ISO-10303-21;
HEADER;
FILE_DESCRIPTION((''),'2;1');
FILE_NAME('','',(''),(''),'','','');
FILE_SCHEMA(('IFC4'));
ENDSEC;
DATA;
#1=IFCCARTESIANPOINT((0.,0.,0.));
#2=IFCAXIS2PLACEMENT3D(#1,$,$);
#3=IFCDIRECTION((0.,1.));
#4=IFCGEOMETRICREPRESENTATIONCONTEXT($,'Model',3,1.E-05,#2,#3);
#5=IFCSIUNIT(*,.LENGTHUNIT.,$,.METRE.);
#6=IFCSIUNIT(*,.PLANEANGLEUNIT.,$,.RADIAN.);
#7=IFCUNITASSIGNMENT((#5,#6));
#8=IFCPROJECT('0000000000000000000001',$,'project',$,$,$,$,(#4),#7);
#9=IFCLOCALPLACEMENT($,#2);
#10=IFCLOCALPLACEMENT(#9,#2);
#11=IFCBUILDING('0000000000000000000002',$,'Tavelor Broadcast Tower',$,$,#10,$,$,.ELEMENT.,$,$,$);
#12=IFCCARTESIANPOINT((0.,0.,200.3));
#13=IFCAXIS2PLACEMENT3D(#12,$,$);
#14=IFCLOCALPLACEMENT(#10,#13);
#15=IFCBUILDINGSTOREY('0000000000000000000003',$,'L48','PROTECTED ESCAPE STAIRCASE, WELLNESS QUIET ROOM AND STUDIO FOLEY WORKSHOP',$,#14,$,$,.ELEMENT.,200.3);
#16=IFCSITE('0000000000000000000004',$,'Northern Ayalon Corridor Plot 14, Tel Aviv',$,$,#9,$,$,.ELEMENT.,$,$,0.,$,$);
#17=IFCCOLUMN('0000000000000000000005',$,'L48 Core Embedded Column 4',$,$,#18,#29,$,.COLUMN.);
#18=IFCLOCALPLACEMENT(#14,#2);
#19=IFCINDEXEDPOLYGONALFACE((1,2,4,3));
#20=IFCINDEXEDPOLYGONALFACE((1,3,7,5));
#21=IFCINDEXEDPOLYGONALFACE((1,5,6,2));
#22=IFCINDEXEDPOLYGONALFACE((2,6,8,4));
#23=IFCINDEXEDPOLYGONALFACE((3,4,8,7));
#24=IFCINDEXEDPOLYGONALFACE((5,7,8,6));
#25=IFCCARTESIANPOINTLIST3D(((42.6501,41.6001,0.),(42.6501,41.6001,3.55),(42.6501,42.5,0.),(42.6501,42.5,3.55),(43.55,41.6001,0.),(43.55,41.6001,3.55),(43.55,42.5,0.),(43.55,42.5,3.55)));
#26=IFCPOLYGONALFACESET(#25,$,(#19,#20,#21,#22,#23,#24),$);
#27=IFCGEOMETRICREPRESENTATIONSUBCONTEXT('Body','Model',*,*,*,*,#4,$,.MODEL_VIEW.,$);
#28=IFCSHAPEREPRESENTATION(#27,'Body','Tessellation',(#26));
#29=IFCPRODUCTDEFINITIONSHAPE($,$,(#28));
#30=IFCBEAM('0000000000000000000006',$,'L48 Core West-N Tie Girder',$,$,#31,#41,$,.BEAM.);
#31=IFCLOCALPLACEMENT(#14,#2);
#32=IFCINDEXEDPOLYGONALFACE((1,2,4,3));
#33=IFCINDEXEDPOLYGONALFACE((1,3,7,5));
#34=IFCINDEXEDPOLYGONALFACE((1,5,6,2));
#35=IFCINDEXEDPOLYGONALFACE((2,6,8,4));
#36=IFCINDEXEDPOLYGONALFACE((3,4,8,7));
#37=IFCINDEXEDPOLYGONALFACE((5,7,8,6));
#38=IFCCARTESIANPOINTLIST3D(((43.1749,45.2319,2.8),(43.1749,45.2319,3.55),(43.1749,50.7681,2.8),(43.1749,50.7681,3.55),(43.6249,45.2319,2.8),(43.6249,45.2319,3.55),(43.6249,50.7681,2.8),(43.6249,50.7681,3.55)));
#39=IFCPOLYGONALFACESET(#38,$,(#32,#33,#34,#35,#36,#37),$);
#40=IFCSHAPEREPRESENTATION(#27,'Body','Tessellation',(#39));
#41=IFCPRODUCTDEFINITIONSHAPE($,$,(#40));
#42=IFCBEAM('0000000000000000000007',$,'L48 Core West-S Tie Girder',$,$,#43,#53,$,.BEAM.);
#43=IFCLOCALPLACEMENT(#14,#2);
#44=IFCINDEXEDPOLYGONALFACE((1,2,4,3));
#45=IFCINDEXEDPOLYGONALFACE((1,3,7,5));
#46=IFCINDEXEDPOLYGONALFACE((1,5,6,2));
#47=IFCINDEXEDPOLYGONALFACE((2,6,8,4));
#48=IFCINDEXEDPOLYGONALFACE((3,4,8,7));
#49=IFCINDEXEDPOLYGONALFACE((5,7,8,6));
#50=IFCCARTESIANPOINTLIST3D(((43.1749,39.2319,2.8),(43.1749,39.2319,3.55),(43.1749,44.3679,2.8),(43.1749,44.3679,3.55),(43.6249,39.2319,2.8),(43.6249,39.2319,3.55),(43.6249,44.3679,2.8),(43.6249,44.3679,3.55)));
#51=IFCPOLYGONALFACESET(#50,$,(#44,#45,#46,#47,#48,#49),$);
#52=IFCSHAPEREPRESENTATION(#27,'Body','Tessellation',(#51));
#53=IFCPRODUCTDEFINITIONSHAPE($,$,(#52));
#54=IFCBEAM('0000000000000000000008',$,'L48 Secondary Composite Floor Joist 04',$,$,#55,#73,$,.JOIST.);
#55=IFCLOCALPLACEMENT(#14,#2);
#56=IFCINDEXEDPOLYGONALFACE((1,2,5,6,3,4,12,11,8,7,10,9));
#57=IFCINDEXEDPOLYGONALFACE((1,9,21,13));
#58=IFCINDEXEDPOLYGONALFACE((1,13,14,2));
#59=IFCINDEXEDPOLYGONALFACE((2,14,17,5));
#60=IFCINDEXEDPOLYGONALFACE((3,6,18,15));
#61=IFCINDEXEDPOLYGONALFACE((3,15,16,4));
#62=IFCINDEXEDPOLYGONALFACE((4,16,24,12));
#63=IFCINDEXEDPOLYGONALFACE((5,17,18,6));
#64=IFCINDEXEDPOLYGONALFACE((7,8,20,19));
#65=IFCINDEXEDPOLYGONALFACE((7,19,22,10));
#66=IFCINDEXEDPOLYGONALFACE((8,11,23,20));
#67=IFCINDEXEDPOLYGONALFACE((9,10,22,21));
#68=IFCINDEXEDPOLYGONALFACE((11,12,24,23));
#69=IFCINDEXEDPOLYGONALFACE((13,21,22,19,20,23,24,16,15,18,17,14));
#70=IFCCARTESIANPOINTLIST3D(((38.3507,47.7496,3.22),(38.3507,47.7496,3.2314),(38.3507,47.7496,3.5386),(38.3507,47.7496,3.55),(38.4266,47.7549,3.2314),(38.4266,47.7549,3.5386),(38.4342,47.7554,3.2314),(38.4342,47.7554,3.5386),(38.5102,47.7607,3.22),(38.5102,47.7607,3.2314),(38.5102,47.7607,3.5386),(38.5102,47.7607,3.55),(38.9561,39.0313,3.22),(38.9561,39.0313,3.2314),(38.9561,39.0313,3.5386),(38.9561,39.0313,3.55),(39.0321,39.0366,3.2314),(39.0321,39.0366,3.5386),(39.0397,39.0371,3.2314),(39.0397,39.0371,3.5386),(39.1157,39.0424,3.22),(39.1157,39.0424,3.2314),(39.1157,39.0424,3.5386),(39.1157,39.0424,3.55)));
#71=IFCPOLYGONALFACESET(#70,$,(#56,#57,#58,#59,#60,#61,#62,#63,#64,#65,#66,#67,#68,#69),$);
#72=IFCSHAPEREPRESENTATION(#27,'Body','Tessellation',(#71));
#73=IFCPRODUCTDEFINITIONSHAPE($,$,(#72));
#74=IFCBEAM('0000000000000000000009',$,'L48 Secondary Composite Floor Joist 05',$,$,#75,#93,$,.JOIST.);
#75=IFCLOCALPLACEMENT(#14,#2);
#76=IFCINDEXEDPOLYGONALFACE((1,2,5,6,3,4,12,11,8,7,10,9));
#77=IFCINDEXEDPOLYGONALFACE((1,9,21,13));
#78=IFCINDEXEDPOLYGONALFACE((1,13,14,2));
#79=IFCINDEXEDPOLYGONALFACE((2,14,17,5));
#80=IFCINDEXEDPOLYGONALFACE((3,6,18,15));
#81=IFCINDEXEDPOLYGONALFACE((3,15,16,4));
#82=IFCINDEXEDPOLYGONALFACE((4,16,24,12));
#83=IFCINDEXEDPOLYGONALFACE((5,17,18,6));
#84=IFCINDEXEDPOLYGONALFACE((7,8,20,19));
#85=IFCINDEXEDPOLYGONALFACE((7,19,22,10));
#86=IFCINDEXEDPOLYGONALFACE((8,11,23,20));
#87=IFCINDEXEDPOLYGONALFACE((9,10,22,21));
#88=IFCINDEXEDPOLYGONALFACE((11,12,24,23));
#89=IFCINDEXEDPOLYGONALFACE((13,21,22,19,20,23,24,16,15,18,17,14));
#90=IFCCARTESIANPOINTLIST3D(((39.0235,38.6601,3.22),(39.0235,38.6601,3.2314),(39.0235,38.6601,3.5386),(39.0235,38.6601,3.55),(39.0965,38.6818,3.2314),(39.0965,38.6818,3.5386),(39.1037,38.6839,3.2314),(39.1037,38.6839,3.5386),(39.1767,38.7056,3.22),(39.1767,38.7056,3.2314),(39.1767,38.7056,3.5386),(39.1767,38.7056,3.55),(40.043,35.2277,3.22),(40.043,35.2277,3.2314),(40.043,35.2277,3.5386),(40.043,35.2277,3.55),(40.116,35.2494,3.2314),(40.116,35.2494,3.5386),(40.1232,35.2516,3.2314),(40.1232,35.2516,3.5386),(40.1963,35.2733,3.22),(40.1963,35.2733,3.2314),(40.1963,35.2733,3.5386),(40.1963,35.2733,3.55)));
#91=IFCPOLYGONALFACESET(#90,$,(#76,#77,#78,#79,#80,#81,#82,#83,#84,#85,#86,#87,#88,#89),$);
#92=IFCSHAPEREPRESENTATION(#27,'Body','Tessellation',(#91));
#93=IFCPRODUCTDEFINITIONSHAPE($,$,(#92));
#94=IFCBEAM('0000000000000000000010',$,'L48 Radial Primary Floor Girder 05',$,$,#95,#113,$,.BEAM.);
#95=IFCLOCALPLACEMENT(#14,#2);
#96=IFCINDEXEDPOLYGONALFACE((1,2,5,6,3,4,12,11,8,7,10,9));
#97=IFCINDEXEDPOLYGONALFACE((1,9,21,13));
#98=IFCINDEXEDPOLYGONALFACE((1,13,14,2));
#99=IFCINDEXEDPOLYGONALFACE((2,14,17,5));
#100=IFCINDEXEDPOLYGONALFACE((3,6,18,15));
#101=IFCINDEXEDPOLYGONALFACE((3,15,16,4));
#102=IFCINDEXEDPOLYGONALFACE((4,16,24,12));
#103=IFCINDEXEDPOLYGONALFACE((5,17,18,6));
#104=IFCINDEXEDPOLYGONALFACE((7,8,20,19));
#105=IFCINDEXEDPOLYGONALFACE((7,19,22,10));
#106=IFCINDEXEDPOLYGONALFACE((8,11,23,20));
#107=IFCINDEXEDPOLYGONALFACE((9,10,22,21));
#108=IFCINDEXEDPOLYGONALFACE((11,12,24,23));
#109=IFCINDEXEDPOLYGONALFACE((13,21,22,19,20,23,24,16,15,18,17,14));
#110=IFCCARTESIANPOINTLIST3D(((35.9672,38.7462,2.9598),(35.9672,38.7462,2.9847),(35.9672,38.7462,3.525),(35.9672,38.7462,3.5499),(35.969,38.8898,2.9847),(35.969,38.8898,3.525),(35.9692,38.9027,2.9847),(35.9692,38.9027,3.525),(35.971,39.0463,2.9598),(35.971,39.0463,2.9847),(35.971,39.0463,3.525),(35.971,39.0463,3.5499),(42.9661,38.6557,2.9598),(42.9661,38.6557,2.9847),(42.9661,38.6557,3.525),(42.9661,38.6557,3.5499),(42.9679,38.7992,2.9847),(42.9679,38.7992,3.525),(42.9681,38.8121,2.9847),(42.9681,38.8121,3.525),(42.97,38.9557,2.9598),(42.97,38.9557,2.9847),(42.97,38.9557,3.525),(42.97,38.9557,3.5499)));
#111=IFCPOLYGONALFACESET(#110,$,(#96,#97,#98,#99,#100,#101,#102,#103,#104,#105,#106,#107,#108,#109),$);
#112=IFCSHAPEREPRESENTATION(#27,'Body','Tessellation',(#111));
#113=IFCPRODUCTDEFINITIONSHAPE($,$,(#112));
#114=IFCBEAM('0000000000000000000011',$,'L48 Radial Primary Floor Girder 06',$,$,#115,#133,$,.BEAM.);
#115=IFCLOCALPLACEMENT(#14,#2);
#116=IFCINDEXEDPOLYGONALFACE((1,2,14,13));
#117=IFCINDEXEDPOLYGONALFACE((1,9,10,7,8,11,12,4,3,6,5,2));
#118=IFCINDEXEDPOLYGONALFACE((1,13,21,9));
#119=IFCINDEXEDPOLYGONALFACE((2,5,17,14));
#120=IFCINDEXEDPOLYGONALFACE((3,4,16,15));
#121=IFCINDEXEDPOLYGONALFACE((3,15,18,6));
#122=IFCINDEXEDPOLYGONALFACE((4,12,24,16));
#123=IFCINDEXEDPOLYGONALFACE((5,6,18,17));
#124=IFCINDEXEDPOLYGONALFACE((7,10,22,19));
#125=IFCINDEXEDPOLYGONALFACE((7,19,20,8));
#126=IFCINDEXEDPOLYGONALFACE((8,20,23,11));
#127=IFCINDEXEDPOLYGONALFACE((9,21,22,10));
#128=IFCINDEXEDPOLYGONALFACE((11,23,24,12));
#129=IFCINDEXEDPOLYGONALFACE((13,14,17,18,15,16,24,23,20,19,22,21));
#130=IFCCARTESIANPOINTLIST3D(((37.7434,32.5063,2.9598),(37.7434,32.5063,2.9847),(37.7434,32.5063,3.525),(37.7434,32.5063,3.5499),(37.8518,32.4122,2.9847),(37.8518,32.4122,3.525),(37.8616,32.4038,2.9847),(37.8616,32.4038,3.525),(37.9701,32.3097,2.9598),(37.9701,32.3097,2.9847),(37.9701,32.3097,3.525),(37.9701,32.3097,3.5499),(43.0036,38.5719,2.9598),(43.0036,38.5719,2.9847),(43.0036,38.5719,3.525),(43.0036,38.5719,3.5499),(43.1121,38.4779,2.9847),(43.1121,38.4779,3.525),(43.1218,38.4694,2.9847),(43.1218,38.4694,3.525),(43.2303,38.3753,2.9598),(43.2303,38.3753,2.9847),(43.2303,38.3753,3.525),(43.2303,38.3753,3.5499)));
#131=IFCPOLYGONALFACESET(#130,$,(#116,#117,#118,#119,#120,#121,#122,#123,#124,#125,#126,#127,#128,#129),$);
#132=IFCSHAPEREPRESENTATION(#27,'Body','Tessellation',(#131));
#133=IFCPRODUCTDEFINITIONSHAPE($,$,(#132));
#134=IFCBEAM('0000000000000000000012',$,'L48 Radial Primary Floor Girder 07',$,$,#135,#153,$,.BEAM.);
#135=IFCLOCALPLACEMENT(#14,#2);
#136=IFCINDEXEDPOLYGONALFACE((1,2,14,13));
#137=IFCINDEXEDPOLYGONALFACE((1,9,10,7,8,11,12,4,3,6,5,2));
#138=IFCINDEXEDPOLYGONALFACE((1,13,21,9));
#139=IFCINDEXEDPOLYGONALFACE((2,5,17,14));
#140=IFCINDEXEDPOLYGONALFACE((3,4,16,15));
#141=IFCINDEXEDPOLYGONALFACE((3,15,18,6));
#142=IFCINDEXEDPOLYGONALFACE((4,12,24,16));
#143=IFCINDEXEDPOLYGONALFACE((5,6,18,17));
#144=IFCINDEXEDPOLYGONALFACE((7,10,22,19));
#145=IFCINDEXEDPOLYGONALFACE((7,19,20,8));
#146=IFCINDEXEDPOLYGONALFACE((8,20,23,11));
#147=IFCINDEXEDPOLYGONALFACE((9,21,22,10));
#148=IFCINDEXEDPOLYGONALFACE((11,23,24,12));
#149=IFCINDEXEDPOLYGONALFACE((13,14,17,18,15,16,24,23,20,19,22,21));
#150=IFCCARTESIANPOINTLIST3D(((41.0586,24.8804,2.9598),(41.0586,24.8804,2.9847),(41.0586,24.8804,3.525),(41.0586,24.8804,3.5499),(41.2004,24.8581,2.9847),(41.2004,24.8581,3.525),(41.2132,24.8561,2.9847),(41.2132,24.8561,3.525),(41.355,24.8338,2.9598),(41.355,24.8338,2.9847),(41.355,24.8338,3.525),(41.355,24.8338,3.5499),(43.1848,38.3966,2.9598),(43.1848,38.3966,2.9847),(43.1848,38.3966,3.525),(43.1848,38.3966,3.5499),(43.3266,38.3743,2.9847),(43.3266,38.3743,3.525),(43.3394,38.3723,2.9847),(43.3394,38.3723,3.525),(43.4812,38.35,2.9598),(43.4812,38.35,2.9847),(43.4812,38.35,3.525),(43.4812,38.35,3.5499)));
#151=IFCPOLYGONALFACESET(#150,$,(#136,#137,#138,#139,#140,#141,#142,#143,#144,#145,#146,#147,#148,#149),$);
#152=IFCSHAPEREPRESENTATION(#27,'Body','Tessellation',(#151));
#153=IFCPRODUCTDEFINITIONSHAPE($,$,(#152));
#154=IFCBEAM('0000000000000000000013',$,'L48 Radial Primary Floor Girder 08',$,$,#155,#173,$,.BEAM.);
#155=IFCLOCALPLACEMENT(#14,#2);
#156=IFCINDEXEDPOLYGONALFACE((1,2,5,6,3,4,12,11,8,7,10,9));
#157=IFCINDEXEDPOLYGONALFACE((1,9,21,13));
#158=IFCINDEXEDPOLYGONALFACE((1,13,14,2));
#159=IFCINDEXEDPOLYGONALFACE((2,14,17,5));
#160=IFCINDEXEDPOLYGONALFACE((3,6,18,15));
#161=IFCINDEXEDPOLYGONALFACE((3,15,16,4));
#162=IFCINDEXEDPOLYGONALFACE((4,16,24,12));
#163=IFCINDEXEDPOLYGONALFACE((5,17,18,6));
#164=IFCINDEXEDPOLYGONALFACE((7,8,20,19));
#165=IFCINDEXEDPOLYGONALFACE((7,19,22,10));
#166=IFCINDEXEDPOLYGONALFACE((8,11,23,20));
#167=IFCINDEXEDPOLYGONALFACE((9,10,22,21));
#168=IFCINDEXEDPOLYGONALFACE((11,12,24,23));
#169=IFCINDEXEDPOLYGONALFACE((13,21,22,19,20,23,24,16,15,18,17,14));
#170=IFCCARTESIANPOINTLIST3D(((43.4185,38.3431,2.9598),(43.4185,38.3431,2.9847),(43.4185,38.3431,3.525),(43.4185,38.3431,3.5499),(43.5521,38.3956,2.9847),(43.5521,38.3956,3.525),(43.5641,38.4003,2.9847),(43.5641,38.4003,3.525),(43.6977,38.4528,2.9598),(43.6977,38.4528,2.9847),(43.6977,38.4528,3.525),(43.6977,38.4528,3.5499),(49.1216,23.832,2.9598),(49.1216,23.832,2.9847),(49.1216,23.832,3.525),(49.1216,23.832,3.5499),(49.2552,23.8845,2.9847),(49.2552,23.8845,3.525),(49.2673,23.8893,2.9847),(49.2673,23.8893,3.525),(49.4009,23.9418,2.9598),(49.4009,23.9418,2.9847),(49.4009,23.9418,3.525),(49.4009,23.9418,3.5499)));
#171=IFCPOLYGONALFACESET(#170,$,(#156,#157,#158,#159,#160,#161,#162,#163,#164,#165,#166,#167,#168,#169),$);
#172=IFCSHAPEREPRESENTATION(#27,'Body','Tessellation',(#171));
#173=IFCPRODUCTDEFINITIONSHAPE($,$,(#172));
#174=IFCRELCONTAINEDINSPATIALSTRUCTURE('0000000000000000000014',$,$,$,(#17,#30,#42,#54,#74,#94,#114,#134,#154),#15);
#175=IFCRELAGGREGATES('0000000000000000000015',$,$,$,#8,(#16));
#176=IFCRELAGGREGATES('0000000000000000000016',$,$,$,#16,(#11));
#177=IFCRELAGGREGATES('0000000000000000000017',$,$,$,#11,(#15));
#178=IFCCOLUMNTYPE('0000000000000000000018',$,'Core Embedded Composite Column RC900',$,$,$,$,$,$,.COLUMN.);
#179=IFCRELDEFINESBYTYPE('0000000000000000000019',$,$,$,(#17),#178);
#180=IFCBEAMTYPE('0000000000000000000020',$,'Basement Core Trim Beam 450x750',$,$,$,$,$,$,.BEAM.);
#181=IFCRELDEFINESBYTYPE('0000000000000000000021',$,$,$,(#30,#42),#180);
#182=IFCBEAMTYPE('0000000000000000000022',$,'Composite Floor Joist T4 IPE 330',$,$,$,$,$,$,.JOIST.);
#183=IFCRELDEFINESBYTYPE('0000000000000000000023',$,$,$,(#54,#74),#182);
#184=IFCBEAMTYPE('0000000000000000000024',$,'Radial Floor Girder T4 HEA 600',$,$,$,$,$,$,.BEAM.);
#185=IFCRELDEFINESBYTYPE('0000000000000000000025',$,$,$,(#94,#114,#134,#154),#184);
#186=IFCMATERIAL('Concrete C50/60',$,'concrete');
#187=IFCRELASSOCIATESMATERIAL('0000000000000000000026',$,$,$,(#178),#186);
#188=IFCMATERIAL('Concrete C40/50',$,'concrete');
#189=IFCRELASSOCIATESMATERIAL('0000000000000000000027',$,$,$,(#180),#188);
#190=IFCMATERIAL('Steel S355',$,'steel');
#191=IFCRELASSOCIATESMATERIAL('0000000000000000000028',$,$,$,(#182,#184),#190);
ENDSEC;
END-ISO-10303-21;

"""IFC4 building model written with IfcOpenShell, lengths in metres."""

from ifc_helpers import new_model, si_unit, direction, frame, origin, origin_2d, place, context, subcontext, project, spatial, rectangle, i_section, extrude, material, material_profile, profile_set, type_object, element, save


model = new_model("IFC4")

# Units and contexts
model_context = context("Model", 3, precision=1e-05, world=origin(), true_north=direction((0.0, 1.0)))
body_context = subcontext(model_context, "Body", "Model", "MODEL_VIEW")
ifc_project = project(units=[si_unit("LENGTHUNIT", "METRE"), si_unit("PLANEANGLEUNIT", "RADIAN")], contexts=[model_context])

# Site, building, storey
site_placement = place(None, origin())
site = spatial("IfcSite", under=ifc_project, at=site_placement, Name="Northern Ayalon Corridor Plot 14, Tel Aviv", CompositionType="ELEMENT", RefElevation=0.0)
building_placement = place(site_placement, origin())
building = spatial("IfcBuilding", under=site, at=building_placement, Name="Tavelor Broadcast Tower", CompositionType="ELEMENT")
storey_placement = place(building_placement, frame((0.0, 0.0, 200.3)))
storey = spatial("IfcBuildingStorey", under=building, at=storey_placement, Name="L48", Description="PROTECTED ESCAPE STAIRCASE, WELLNESS QUIET ROOM AND STUDIO FOLEY WORKSHOP", CompositionType="ELEMENT", Elevation=200.3)

# Column
ifc_material_1 = material(Name="Concrete C50/60", Category="concrete")
ifc_material_profile_1 = material_profile(ifc_material_1, rectangle(XDim=0.8999, YDim=0.8999, at=origin_2d()), Name="RC 900x900")
ifc_profile_set_1 = profile_set([ifc_material_profile_1], Name="Concrete C50/60")
column_type = type_object("IfcColumnType", Name="Core Embedded Composite Column RC900", PredefinedType="COLUMN", material=ifc_profile_set_1)
column_placement = place(storey_placement, frame((43.1001, 42.05, 0.0), z_axis=(0.0, 0.0, 1.0), x_axis=(1.0, 0.0, 0.0)))
element("IfcColumn", 1, at=column_placement, inside=storey, type_object=column_type, Name="L48 Core Embedded Column 4", PredefinedType="COLUMN", context=body_context, shape_type="SweptSolid", body=[
    extrude(rectangle(XDim=0.8999, YDim=0.8999, at=origin_2d()), origin(), (0.0, 0.0, 1.0), 3.55),
])

# Beams
ifc_material_2 = material(Name="Concrete C40/50", Category="concrete")
ifc_material_profile_2 = material_profile(ifc_material_2, rectangle(XDim=0.45, YDim=0.75, at=origin_2d()), Name="RC 450x750")
ifc_profile_set_2 = profile_set([ifc_material_profile_2], Name="Concrete C40/50")
beam_type_1 = type_object("IfcBeamType", Name="Basement Core Trim Beam 450x750", PredefinedType="BEAM", material=ifc_profile_set_2)
beam_1_placement = place(storey_placement, frame((43.3999, 45.2319, 3.175), z_axis=(0.0, 1.0, 0.0), x_axis=(-1.0, 0.0, 0.0)))
element("IfcBeam", 2, at=beam_1_placement, inside=storey, type_object=beam_type_1, Name="L48 Core West-N Tie Girder", PredefinedType="BEAM", context=body_context, shape_type="SweptSolid", body=[
    extrude(rectangle(XDim=0.45, YDim=0.75, at=origin_2d()), origin(), (0.0, 0.0, 1.0), 5.5361),
])
beam_2_placement = place(storey_placement, frame((43.3999, 39.2319, 3.175), z_axis=(0.0, 1.0, 0.0), x_axis=(-1.0, 0.0, 0.0)))
element("IfcBeam", 3, at=beam_2_placement, inside=storey, type_object=beam_type_1, Name="L48 Core West-S Tie Girder", PredefinedType="BEAM", context=body_context, shape_type="SweptSolid", body=[
    extrude(rectangle(XDim=0.45, YDim=0.75, at=origin_2d()), origin(), (0.0, 0.0, 1.0), 5.136),
])
ifc_material_3 = material(Name="Steel S355", Category="steel")
ifc_material_profile_3 = material_profile(ifc_material_3, i_section(OverallWidth=0.1599, OverallDepth=0.3301, WebThickness=0.0076, FlangeThickness=0.0115, at=origin_2d()), Name="IPE 330")
ifc_profile_set_3 = profile_set([ifc_material_profile_3], Name="Steel S355")
beam_type_2 = type_object("IfcBeamType", Name="Composite Floor Joist T4 IPE 330", PredefinedType="JOIST", material=ifc_profile_set_3)
beam_3_placement = place(storey_placement, frame((38.4304, 47.7551, 3.385), z_axis=(0.069281, -0.997597, 0.0), x_axis=(0.997597, 0.069281, 0.0)))
element("IfcBeam", 4, at=beam_3_placement, inside=storey, type_object=beam_type_2, Name="L48 Secondary Composite Floor Joist 04", PredefinedType="JOIST", context=body_context, shape_type="SweptSolid", body=[
    extrude(i_section(OverallWidth=0.1599, OverallDepth=0.3301, WebThickness=0.0076, FlangeThickness=0.0115, at=origin_2d()), origin(), (0.0, 0.0, 1.0), 8.7393),
])
beam_4_placement = place(storey_placement, frame((39.1001, 38.6829, 3.385), z_axis=(0.284738, -0.958605, 0.0), x_axis=(0.958605, 0.284738, 0.0)))
element("IfcBeam", 5, at=beam_4_placement, inside=storey, type_object=beam_type_2, Name="L48 Secondary Composite Floor Joist 05", PredefinedType="JOIST", context=body_context, shape_type="SweptSolid", body=[
    extrude(i_section(OverallWidth=0.1599, OverallDepth=0.3301, WebThickness=0.0076, FlangeThickness=0.0115, at=origin_2d()), origin(), (0.0, 0.0, 1.0), 3.5806),
])
ifc_material_profile_4 = material_profile(ifc_material_3, i_section(OverallWidth=0.3, OverallDepth=0.5901, WebThickness=0.0129, FlangeThickness=0.0249, at=origin_2d()), Name="HEA 600")
ifc_profile_set_4 = profile_set([ifc_material_profile_4], Name="Steel S355")
beam_type_3 = type_object("IfcBeamType", Name="Radial Floor Girder T4 HEA 600", PredefinedType="BEAM", material=ifc_profile_set_4)
beam_5_placement = place(storey_placement, frame((42.968, 38.8057, 3.2549), z_axis=(-0.999916, 0.01294, 0.0), x_axis=(-0.01294, -0.999916, 0.0)))
element("IfcBeam", 6, at=beam_5_placement, inside=storey, type_object=beam_type_3, Name="L48 Radial Primary Floor Girder 05", PredefinedType="BEAM", context=body_context, shape_type="SweptSolid", body=[
    extrude(i_section(OverallWidth=0.3, OverallDepth=0.5901, WebThickness=0.0129, FlangeThickness=0.0249, at=origin_2d()), origin(), (0.0, 0.0, 1.0), 6.9995),
])
beam_6_placement = place(storey_placement, frame((43.1169, 38.4736, 3.2549), z_axis=(-0.655168, -0.755483, 0.0), x_axis=(0.755483, -0.655168, 0.0)))
element("IfcBeam", 7, at=beam_6_placement, inside=storey, type_object=beam_type_3, Name="L48 Radial Primary Floor Girder 06", PredefinedType="BEAM", context=body_context, shape_type="SweptSolid", body=[
    extrude(i_section(OverallWidth=0.3, OverallDepth=0.5901, WebThickness=0.0129, FlangeThickness=0.0249, at=origin_2d()), origin(), (0.0, 0.0, 1.0), 8.0288),
])
beam_7_placement = place(storey_placement, frame((43.333, 38.3733, 3.2549), z_axis=(-0.155399, -0.987852, 0.0), x_axis=(0.987852, -0.155399, 0.0)))
element("IfcBeam", 8, at=beam_7_placement, inside=storey, type_object=beam_type_3, Name="L48 Radial Primary Floor Girder 07", PredefinedType="BEAM", context=body_context, shape_type="SweptSolid", body=[
    extrude(i_section(OverallWidth=0.3, OverallDepth=0.5901, WebThickness=0.0129, FlangeThickness=0.0249, at=origin_2d()), origin(), (0.0, 0.0, 1.0), 13.6824),
])
beam_8_placement = place(storey_placement, frame((43.5581, 38.3979, 3.2549), z_axis=(0.365785, -0.9307, 0.0), x_axis=(0.9307, 0.365785, 0.0)))
element("IfcBeam", 9, at=beam_8_placement, inside=storey, type_object=beam_type_3, Name="L48 Radial Primary Floor Girder 08", PredefinedType="BEAM", context=body_context, shape_type="SweptSolid", body=[
    extrude(i_section(OverallWidth=0.3, OverallDepth=0.5901, WebThickness=0.0129, FlangeThickness=0.0249, at=origin_2d()), origin(), (0.0, 0.0, 1.0), 15.5916),
])

save(model, "model.ifc")
